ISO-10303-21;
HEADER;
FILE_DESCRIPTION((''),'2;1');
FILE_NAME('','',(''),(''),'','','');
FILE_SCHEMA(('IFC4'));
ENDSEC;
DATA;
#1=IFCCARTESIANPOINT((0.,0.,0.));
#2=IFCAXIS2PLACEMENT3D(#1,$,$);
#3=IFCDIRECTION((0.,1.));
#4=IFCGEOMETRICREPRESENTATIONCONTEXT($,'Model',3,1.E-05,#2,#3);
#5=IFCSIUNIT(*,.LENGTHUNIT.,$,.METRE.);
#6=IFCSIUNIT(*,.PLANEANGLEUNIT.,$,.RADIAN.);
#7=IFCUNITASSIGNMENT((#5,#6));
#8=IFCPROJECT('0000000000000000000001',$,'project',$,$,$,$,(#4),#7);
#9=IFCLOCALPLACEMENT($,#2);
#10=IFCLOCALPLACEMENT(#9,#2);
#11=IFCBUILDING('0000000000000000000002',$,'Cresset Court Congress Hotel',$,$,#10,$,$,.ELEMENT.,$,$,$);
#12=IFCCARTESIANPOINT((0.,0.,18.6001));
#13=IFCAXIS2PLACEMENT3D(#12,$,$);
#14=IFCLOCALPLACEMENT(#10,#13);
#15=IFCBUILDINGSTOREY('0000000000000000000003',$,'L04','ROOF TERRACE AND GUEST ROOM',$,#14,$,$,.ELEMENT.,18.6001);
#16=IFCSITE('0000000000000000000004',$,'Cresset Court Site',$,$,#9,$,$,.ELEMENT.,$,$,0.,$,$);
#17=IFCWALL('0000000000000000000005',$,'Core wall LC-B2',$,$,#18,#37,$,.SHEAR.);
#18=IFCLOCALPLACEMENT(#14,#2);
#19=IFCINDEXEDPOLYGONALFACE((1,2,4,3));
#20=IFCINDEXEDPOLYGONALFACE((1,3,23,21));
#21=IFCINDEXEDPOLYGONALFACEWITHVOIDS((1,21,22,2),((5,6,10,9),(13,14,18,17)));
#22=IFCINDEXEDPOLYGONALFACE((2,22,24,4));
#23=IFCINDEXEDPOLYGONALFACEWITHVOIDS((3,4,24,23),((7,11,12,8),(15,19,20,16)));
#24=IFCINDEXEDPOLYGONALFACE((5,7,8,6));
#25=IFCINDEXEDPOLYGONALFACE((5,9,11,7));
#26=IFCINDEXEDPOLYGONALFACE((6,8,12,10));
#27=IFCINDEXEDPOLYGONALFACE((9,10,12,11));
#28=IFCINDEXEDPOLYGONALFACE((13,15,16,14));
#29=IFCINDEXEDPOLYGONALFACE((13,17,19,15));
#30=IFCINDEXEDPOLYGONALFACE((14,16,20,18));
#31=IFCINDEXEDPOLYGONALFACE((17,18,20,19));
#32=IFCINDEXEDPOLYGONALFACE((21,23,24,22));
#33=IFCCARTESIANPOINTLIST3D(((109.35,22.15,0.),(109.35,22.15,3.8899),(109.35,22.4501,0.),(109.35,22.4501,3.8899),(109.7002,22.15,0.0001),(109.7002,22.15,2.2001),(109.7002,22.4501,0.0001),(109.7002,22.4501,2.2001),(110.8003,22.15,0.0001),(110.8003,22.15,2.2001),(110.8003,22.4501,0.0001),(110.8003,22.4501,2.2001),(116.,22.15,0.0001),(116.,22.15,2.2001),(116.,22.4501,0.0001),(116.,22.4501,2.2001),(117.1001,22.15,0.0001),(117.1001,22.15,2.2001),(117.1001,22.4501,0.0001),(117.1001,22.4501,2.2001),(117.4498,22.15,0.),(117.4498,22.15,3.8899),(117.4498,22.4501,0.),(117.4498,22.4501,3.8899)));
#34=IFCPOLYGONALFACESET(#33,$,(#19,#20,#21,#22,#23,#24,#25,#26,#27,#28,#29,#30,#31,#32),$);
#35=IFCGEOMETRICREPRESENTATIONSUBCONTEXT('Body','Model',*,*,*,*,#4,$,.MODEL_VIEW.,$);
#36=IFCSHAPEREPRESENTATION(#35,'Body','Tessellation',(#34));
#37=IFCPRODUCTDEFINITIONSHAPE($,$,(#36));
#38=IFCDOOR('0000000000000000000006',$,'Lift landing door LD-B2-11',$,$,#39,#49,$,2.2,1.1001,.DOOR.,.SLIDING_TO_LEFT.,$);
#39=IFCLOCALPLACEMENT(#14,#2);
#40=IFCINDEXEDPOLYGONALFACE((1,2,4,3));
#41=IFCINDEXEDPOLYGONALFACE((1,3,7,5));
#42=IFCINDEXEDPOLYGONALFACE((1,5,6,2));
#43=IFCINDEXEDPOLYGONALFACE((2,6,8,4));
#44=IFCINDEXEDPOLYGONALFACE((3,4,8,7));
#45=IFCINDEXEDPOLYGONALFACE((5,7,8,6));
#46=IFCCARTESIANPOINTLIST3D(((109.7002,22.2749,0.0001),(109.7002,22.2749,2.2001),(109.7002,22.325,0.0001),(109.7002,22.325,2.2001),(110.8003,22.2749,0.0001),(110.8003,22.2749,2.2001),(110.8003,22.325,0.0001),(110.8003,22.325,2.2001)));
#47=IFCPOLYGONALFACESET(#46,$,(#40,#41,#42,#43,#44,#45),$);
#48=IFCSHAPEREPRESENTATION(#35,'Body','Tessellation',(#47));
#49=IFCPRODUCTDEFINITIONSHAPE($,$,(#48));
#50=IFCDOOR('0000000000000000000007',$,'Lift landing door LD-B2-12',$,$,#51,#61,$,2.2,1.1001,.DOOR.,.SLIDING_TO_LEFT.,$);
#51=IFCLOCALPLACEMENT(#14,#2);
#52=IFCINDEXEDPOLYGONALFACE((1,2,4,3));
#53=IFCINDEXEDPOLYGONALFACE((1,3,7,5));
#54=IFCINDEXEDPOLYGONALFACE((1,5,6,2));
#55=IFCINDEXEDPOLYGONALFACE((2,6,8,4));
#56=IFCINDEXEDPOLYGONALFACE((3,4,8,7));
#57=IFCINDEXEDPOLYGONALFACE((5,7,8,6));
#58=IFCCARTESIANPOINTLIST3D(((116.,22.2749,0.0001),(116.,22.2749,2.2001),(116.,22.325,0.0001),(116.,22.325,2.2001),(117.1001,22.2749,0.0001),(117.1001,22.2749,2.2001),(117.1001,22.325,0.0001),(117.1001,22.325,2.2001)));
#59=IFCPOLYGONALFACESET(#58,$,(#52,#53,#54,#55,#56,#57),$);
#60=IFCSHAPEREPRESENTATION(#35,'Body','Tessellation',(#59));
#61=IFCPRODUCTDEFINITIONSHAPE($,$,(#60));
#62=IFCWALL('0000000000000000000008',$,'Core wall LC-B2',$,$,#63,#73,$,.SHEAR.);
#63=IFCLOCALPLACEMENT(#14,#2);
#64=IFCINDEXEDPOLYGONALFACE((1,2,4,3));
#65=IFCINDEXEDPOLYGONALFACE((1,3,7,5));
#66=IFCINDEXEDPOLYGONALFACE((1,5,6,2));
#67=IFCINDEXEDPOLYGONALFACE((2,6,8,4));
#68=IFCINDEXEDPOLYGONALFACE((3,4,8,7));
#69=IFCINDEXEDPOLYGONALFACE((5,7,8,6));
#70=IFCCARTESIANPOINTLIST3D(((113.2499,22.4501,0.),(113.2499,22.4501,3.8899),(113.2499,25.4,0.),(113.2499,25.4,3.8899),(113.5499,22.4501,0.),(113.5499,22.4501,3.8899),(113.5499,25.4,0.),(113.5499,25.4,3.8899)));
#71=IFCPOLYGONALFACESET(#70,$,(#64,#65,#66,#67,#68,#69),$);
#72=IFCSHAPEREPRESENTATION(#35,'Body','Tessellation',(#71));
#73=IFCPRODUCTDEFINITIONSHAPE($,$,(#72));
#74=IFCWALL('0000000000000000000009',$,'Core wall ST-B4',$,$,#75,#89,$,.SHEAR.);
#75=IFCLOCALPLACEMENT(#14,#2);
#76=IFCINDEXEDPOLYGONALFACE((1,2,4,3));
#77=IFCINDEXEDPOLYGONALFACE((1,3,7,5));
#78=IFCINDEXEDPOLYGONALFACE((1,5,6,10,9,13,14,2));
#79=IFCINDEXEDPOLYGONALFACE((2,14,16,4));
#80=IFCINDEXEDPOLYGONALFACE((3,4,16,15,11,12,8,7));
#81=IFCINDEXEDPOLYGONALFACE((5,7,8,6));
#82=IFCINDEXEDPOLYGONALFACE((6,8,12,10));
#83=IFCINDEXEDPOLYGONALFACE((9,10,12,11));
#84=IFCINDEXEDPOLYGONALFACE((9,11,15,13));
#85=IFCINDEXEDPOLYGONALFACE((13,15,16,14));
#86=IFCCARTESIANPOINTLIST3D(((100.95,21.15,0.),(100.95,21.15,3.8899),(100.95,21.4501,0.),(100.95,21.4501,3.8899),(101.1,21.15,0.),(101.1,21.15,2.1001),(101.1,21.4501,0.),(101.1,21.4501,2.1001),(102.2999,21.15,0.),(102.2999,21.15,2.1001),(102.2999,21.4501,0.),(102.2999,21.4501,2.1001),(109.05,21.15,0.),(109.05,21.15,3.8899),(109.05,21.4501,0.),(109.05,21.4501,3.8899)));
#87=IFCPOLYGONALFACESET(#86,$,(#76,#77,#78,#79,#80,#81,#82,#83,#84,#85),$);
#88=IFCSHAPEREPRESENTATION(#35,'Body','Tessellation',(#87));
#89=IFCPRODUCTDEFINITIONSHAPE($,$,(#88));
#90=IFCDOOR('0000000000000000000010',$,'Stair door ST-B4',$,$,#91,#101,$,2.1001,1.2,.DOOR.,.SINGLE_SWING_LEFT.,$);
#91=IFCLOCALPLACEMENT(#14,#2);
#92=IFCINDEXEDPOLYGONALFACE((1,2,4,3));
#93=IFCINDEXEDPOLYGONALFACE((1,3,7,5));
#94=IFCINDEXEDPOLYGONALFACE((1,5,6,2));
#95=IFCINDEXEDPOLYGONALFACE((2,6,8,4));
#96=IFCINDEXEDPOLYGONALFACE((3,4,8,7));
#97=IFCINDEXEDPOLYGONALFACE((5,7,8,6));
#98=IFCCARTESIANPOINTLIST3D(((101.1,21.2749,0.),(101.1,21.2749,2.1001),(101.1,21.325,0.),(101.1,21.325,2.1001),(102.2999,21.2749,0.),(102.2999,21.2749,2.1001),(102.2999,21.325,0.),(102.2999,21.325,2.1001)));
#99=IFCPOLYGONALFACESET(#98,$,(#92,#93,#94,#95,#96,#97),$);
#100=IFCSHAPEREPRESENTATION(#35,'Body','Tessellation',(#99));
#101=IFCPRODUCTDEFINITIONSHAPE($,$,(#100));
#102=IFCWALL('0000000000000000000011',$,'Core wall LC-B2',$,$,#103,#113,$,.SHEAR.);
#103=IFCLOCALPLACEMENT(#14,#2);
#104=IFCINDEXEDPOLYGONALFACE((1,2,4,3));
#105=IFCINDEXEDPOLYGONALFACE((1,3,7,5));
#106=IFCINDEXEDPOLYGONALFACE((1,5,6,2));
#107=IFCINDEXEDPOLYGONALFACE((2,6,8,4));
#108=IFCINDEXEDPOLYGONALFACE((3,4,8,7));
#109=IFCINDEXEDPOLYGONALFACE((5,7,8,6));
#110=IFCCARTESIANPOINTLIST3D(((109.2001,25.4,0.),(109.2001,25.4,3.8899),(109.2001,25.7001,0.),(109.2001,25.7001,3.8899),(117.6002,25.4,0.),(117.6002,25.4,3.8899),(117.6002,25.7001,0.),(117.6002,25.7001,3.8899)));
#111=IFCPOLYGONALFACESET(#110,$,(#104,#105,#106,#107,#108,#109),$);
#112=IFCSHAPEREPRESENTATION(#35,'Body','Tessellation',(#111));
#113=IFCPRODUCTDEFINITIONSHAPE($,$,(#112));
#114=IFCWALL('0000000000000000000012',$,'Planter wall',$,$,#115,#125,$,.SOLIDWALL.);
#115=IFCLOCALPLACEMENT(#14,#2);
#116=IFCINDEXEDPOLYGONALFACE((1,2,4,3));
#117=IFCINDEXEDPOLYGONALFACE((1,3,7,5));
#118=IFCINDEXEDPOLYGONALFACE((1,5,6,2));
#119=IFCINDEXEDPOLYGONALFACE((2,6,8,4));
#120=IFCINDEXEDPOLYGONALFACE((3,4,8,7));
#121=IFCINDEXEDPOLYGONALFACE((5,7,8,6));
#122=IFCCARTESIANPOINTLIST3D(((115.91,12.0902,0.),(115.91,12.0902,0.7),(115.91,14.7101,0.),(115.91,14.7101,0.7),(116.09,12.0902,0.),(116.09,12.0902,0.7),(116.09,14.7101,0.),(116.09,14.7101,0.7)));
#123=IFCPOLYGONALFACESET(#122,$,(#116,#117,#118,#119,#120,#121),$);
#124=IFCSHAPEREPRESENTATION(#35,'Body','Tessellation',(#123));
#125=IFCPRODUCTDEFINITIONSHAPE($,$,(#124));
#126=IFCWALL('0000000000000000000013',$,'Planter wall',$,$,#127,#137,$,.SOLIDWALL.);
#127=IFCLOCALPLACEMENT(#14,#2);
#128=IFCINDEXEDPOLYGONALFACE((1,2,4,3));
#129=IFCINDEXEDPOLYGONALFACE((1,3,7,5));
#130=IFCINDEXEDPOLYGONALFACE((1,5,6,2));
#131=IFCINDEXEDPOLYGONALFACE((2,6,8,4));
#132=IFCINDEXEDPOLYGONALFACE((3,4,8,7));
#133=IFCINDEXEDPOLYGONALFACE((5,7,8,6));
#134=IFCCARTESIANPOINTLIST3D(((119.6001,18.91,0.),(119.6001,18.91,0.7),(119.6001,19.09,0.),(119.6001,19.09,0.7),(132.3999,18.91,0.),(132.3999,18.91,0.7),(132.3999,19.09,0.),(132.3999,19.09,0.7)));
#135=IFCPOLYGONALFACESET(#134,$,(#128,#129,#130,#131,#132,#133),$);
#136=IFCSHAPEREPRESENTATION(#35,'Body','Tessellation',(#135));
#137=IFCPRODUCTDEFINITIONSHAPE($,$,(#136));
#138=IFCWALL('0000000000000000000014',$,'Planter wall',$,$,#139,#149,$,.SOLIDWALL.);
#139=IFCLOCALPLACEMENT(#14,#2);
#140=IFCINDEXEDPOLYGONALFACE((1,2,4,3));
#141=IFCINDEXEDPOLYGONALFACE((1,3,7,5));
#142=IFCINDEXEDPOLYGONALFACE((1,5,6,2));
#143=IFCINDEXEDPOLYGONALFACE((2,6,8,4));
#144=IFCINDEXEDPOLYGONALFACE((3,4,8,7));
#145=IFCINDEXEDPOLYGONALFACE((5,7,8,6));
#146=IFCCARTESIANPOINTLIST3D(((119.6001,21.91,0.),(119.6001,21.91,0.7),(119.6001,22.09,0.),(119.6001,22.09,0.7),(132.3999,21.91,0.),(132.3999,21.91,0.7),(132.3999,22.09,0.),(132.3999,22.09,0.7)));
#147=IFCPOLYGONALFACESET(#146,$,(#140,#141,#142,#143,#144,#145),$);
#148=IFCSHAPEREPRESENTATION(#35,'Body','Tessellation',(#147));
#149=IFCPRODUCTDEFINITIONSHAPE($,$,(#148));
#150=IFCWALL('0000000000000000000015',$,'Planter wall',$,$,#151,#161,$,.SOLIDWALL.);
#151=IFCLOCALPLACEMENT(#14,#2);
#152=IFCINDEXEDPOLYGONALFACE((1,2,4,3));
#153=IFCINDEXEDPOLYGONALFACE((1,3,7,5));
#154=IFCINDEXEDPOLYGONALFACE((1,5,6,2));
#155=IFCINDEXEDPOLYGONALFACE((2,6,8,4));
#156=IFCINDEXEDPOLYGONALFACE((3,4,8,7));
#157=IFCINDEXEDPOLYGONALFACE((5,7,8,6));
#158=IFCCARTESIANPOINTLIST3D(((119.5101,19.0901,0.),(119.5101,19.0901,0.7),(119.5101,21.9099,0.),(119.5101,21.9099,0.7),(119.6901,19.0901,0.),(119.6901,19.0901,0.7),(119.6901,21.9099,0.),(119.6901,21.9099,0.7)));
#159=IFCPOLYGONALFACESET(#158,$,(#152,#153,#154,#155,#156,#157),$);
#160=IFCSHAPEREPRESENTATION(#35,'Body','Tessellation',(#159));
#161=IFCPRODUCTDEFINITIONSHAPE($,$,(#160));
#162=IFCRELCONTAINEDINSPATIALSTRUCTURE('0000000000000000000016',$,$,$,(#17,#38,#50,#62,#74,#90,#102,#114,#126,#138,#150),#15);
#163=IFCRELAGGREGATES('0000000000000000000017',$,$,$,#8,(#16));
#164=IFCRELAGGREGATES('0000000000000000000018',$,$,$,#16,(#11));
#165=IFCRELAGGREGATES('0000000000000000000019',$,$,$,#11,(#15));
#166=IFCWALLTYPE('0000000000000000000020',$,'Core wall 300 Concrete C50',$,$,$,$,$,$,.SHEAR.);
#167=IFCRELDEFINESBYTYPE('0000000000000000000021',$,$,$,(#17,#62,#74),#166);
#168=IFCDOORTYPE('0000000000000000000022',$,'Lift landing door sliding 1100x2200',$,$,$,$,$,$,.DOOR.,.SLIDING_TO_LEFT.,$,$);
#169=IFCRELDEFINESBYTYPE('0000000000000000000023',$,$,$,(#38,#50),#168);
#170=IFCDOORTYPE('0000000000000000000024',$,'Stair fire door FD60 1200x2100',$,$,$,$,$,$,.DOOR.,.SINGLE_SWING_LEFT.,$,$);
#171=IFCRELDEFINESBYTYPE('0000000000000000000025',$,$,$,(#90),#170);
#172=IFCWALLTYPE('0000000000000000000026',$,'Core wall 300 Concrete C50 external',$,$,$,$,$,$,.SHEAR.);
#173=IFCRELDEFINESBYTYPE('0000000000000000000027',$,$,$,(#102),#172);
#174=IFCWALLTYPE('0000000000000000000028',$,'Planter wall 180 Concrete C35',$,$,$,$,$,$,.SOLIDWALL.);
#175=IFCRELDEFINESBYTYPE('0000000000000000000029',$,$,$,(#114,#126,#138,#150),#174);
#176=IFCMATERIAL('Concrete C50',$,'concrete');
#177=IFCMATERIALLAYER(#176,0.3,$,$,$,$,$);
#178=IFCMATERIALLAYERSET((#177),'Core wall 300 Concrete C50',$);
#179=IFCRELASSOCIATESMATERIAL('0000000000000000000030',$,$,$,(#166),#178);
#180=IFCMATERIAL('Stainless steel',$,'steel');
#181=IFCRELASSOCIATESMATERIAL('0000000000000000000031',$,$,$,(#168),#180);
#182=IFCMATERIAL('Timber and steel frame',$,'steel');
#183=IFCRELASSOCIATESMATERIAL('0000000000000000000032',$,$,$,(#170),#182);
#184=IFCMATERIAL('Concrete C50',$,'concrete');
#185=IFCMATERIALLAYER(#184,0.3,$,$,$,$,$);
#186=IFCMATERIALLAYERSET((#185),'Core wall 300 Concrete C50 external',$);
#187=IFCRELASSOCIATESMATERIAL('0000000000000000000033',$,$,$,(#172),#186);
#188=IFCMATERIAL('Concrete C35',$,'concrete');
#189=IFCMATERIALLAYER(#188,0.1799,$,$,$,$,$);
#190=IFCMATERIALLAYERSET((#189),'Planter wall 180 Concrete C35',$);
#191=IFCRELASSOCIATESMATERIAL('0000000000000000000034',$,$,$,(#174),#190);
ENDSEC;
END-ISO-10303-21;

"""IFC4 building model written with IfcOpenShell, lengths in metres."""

from ifc_helpers import new_model, si_unit, direction, frame, frame_2d, origin, place, context, subcontext, project, spatial, rectangle, extrude, material, layer, layer_set, type_object, element, fill, save


model = new_model("IFC4")

# Units and contexts
model_context = context("Model", 3, precision=1e-05, world=origin(), true_north=direction((0.0, 1.0)))
body_context = subcontext(model_context, "Body", "Model", "MODEL_VIEW")
ifc_project = project(units=[si_unit("LENGTHUNIT", "METRE"), si_unit("PLANEANGLEUNIT", "RADIAN")], contexts=[model_context])

# Site, building, storey
site_placement = place(None, origin())
site = spatial("IfcSite", under=ifc_project, at=site_placement, Name="Cresset Court Site", CompositionType="ELEMENT", RefElevation=0.0)
building_placement = place(site_placement, origin())
building = spatial("IfcBuilding", under=site, at=building_placement, Name="Cresset Court Congress Hotel", CompositionType="ELEMENT")
storey_placement = place(building_placement, frame((0.0, 0.0, 18.6001)))
storey = spatial("IfcBuildingStorey", under=building, at=storey_placement, Name="L04", Description="ROOF TERRACE AND GUEST ROOM", CompositionType="ELEMENT", Elevation=18.6001)

# Shared definitions
ifc_material_1 = material(Name="Concrete C50", Category="concrete")
ifc_layer_1 = layer(ifc_material_1, 0.3)
ifc_layer_set_1 = layer_set([ifc_layer_1], Name="Core wall 300 Concrete C50")
wall_type_1 = type_object("IfcWallType", Name="Core wall 300 Concrete C50", PredefinedType="SHEAR", material=ifc_layer_set_1)

# Wall, openings, doors
wall_1_placement = place(storey_placement, frame((109.3501, 22.3, 0.0), z_axis=(0.0, 0.0, 1.0), x_axis=(1.0, 0.0, 0.0)))
wall_1 = element("IfcWall", 1, at=wall_1_placement, inside=storey, type_object=wall_type_1, Name="Core wall LC-B2", PredefinedType="SHEAR", context=body_context, shape_type="SweptSolid", body=[
    extrude(rectangle(XDim=8.0999, YDim=0.3, at=frame_2d((4.0498, 0.0))), origin(), (0.0, 0.0, 1.0), 3.8899),
])
opening_1_placement = place(wall_1_placement, frame((0.3501, 0.0, 0.0)))
opening_1 = element("IfcOpeningElement", 2, at=opening_1_placement, cuts=wall_1, PredefinedType="OPENING", context=body_context, shape_type="SweptSolid", body=[
    extrude(rectangle(XDim=1.1001, YDim=2.2, at=frame_2d((0.55, 1.1001))), frame((0.0, 0.1599, 0.0), z_axis=(0.0, -1.0, 0.0), x_axis=(1.0, 0.0, 0.0)), (0.0, 0.0, 1.0), 0.3201),
])
opening_2_placement = place(wall_1_placement, frame((6.6499, 0.0, 0.0)))
opening_2 = element("IfcOpeningElement", 3, at=opening_2_placement, cuts=wall_1, PredefinedType="OPENING", context=body_context, shape_type="SweptSolid", body=[
    extrude(rectangle(XDim=1.1001, YDim=2.2, at=frame_2d((0.55, 1.1001))), frame((0.0, 0.1599, 0.0), z_axis=(0.0, -1.0, 0.0), x_axis=(1.0, 0.0, 0.0)), (0.0, 0.0, 1.0), 0.3201),
])
ifc_material_2 = material(Name="Stainless steel", Category="steel")
door_type_1 = type_object("IfcDoorType", Name="Lift landing door sliding 1100x2200", OperationType="SLIDING_TO_LEFT", PredefinedType="DOOR", material=ifc_material_2)
door_1_placement = place(opening_1_placement, origin())
door_1 = element("IfcDoor", 4, at=door_1_placement, inside=storey, type_object=door_type_1, Name="Lift landing door LD-B2-11", OperationType="SLIDING_TO_LEFT", OverallHeight=2.2, OverallWidth=1.1001, PredefinedType="DOOR", context=body_context, shape_type="SweptSolid", body=[
    extrude(rectangle(XDim=1.1001, YDim=2.2, at=frame_2d((0.55, 1.1001))), frame((0.0, 0.0249, 0.0), z_axis=(0.0, -1.0, 0.0), x_axis=(1.0, 0.0, 0.0)), (0.0, 0.0, 1.0), 0.05),
])
fill(opening_1, door_1)
door_2_placement = place(opening_2_placement, origin())
door_2 = element("IfcDoor", 5, at=door_2_placement, inside=storey, type_object=door_type_1, Name="Lift landing door LD-B2-12", OperationType="SLIDING_TO_LEFT", OverallHeight=2.2, OverallWidth=1.1001, PredefinedType="DOOR", context=body_context, shape_type="SweptSolid", body=[
    extrude(rectangle(XDim=1.1001, YDim=2.2, at=frame_2d((0.55, 1.1001))), frame((0.0, 0.0249, 0.0), z_axis=(0.0, -1.0, 0.0), x_axis=(1.0, 0.0, 0.0)), (0.0, 0.0, 1.0), 0.05),
])
fill(opening_2, door_2)

# Wall
wall_2_placement = place(storey_placement, frame((113.3999, 22.45, 0.0), z_axis=(0.0, 0.0, 1.0), x_axis=(0.0, 1.0, 0.0)))
element("IfcWall", 6, at=wall_2_placement, inside=storey, type_object=wall_type_1, Name="Core wall LC-B2", PredefinedType="SHEAR", context=body_context, shape_type="SweptSolid", body=[
    extrude(rectangle(XDim=2.95, YDim=0.3, at=frame_2d((1.4751, 0.0))), origin(), (0.0, 0.0, 1.0), 3.8899),
])

# Wall, opening, door
wall_3_placement = place(storey_placement, frame((100.95, 21.3, 0.0), z_axis=(0.0, 0.0, 1.0), x_axis=(1.0, 0.0, 0.0)))
wall_3 = element("IfcWall", 7, at=wall_3_placement, inside=storey, type_object=wall_type_1, Name="Core wall ST-B4", PredefinedType="SHEAR", context=body_context, shape_type="SweptSolid", body=[
    extrude(rectangle(XDim=8.1001, YDim=0.3, at=frame_2d((4.05, 0.0))), origin(), (0.0, 0.0, 1.0), 3.8899),
])
opening_3_placement = place(wall_3_placement, frame((0.1499, 0.0, 0.0)))
opening_3 = element("IfcOpeningElement", 8, at=opening_3_placement, cuts=wall_3, PredefinedType="OPENING", context=body_context, shape_type="SweptSolid", body=[
    extrude(rectangle(XDim=1.2, YDim=2.1001, at=frame_2d((0.6001, 1.05))), frame((0.0, 0.1599, 0.0), z_axis=(0.0, -1.0, 0.0), x_axis=(1.0, 0.0, 0.0)), (0.0, 0.0, 1.0), 0.3201),
])
ifc_material_3 = material(Name="Timber and steel frame", Category="steel")
door_type_2 = type_object("IfcDoorType", Name="Stair fire door FD60 1200x2100", OperationType="SINGLE_SWING_LEFT", PredefinedType="DOOR", material=ifc_material_3)
door_3_placement = place(opening_3_placement, origin())
door_3 = element("IfcDoor", 9, at=door_3_placement, inside=storey, type_object=door_type_2, Name="Stair door ST-B4", OperationType="SINGLE_SWING_LEFT", OverallHeight=2.1001, OverallWidth=1.2, PredefinedType="DOOR", context=body_context, shape_type="SweptSolid", body=[
    extrude(rectangle(XDim=1.2, YDim=2.1001, at=frame_2d((0.6001, 1.05))), frame((0.0, 0.0249, 0.0), z_axis=(0.0, -1.0, 0.0), x_axis=(1.0, 0.0, 0.0)), (0.0, 0.0, 1.0), 0.05),
])
fill(opening_3, door_3)

# Walls
ifc_material_4 = material(Name="Concrete C50", Category="concrete")
ifc_layer_2 = layer(ifc_material_4, 0.3)
ifc_layer_set_2 = layer_set([ifc_layer_2], Name="Core wall 300 Concrete C50 external")
wall_type_2 = type_object("IfcWallType", Name="Core wall 300 Concrete C50 external", PredefinedType="SHEAR", material=ifc_layer_set_2)
wall_4_placement = place(storey_placement, frame((109.2, 25.55, 0.0), z_axis=(0.0, 0.0, 1.0), x_axis=(1.0, 0.0, 0.0)))
element("IfcWall", 10, at=wall_4_placement, inside=storey, type_object=wall_type_2, Name="Core wall LC-B2", PredefinedType="SHEAR", context=body_context, shape_type="SweptSolid", body=[
    extrude(rectangle(XDim=8.4001, YDim=0.3, at=frame_2d((4.2002, 0.0))), origin(), (0.0, 0.0, 1.0), 3.8899),
])
ifc_material_5 = material(Name="Concrete C35", Category="concrete")
ifc_layer_3 = layer(ifc_material_5, 0.1799)
ifc_layer_set_3 = layer_set([ifc_layer_3], Name="Planter wall 180 Concrete C35")
wall_type_3 = type_object("IfcWallType", Name="Planter wall 180 Concrete C35", PredefinedType="SOLIDWALL", material=ifc_layer_set_3)
wall_5_placement = place(storey_placement, frame((116.0, 12.0901, 0.0), z_axis=(0.0, 0.0, 1.0), x_axis=(0.0, 1.0, 0.0)))
element("IfcWall", 11, at=wall_5_placement, inside=storey, type_object=wall_type_3, Name="Planter wall", PredefinedType="SOLIDWALL", context=body_context, shape_type="SweptSolid", body=[
    extrude(rectangle(XDim=2.6199, YDim=0.1799, at=frame_2d((1.3101, 0.0))), origin(), (0.0, 0.0, 1.0), 0.7),
])
for number, where, z_axis, x_axis, name in (
    (12, (119.6001, 19.0, 0.0), (0.0, 0.0, 1.0), (1.0, 0.0, 0.0), "Planter wall"),
    (13, (119.6001, 22.0, 0.0), (0.0, 0.0, 1.0), (1.0, 0.0, 0.0), "Planter wall"),
):
    element("IfcWall", number, at=place(storey_placement, frame(where, z_axis=z_axis, x_axis=x_axis)), inside=storey, type_object=wall_type_3, Name=name, PredefinedType="SOLIDWALL", context=body_context, shape_type="SweptSolid", body=[
        extrude(rectangle(XDim=12.7998, YDim=0.1799, at=frame_2d((6.3999, 0.0))), origin(), (0.0, 0.0, 1.0), 0.7),
    ])
wall_6_placement = place(storey_placement, frame((119.6001, 19.0901, 0.0), z_axis=(0.0, 0.0, 1.0), x_axis=(0.0, 1.0, 0.0)))
element("IfcWall", 14, at=wall_6_placement, inside=storey, type_object=wall_type_3, Name="Planter wall", PredefinedType="SOLIDWALL", context=body_context, shape_type="SweptSolid", body=[
    extrude(rectangle(XDim=2.8198, YDim=0.1799, at=frame_2d((1.4099, 0.0))), origin(), (0.0, 0.0, 1.0), 0.7),
])

save(model, "model.ifc")
